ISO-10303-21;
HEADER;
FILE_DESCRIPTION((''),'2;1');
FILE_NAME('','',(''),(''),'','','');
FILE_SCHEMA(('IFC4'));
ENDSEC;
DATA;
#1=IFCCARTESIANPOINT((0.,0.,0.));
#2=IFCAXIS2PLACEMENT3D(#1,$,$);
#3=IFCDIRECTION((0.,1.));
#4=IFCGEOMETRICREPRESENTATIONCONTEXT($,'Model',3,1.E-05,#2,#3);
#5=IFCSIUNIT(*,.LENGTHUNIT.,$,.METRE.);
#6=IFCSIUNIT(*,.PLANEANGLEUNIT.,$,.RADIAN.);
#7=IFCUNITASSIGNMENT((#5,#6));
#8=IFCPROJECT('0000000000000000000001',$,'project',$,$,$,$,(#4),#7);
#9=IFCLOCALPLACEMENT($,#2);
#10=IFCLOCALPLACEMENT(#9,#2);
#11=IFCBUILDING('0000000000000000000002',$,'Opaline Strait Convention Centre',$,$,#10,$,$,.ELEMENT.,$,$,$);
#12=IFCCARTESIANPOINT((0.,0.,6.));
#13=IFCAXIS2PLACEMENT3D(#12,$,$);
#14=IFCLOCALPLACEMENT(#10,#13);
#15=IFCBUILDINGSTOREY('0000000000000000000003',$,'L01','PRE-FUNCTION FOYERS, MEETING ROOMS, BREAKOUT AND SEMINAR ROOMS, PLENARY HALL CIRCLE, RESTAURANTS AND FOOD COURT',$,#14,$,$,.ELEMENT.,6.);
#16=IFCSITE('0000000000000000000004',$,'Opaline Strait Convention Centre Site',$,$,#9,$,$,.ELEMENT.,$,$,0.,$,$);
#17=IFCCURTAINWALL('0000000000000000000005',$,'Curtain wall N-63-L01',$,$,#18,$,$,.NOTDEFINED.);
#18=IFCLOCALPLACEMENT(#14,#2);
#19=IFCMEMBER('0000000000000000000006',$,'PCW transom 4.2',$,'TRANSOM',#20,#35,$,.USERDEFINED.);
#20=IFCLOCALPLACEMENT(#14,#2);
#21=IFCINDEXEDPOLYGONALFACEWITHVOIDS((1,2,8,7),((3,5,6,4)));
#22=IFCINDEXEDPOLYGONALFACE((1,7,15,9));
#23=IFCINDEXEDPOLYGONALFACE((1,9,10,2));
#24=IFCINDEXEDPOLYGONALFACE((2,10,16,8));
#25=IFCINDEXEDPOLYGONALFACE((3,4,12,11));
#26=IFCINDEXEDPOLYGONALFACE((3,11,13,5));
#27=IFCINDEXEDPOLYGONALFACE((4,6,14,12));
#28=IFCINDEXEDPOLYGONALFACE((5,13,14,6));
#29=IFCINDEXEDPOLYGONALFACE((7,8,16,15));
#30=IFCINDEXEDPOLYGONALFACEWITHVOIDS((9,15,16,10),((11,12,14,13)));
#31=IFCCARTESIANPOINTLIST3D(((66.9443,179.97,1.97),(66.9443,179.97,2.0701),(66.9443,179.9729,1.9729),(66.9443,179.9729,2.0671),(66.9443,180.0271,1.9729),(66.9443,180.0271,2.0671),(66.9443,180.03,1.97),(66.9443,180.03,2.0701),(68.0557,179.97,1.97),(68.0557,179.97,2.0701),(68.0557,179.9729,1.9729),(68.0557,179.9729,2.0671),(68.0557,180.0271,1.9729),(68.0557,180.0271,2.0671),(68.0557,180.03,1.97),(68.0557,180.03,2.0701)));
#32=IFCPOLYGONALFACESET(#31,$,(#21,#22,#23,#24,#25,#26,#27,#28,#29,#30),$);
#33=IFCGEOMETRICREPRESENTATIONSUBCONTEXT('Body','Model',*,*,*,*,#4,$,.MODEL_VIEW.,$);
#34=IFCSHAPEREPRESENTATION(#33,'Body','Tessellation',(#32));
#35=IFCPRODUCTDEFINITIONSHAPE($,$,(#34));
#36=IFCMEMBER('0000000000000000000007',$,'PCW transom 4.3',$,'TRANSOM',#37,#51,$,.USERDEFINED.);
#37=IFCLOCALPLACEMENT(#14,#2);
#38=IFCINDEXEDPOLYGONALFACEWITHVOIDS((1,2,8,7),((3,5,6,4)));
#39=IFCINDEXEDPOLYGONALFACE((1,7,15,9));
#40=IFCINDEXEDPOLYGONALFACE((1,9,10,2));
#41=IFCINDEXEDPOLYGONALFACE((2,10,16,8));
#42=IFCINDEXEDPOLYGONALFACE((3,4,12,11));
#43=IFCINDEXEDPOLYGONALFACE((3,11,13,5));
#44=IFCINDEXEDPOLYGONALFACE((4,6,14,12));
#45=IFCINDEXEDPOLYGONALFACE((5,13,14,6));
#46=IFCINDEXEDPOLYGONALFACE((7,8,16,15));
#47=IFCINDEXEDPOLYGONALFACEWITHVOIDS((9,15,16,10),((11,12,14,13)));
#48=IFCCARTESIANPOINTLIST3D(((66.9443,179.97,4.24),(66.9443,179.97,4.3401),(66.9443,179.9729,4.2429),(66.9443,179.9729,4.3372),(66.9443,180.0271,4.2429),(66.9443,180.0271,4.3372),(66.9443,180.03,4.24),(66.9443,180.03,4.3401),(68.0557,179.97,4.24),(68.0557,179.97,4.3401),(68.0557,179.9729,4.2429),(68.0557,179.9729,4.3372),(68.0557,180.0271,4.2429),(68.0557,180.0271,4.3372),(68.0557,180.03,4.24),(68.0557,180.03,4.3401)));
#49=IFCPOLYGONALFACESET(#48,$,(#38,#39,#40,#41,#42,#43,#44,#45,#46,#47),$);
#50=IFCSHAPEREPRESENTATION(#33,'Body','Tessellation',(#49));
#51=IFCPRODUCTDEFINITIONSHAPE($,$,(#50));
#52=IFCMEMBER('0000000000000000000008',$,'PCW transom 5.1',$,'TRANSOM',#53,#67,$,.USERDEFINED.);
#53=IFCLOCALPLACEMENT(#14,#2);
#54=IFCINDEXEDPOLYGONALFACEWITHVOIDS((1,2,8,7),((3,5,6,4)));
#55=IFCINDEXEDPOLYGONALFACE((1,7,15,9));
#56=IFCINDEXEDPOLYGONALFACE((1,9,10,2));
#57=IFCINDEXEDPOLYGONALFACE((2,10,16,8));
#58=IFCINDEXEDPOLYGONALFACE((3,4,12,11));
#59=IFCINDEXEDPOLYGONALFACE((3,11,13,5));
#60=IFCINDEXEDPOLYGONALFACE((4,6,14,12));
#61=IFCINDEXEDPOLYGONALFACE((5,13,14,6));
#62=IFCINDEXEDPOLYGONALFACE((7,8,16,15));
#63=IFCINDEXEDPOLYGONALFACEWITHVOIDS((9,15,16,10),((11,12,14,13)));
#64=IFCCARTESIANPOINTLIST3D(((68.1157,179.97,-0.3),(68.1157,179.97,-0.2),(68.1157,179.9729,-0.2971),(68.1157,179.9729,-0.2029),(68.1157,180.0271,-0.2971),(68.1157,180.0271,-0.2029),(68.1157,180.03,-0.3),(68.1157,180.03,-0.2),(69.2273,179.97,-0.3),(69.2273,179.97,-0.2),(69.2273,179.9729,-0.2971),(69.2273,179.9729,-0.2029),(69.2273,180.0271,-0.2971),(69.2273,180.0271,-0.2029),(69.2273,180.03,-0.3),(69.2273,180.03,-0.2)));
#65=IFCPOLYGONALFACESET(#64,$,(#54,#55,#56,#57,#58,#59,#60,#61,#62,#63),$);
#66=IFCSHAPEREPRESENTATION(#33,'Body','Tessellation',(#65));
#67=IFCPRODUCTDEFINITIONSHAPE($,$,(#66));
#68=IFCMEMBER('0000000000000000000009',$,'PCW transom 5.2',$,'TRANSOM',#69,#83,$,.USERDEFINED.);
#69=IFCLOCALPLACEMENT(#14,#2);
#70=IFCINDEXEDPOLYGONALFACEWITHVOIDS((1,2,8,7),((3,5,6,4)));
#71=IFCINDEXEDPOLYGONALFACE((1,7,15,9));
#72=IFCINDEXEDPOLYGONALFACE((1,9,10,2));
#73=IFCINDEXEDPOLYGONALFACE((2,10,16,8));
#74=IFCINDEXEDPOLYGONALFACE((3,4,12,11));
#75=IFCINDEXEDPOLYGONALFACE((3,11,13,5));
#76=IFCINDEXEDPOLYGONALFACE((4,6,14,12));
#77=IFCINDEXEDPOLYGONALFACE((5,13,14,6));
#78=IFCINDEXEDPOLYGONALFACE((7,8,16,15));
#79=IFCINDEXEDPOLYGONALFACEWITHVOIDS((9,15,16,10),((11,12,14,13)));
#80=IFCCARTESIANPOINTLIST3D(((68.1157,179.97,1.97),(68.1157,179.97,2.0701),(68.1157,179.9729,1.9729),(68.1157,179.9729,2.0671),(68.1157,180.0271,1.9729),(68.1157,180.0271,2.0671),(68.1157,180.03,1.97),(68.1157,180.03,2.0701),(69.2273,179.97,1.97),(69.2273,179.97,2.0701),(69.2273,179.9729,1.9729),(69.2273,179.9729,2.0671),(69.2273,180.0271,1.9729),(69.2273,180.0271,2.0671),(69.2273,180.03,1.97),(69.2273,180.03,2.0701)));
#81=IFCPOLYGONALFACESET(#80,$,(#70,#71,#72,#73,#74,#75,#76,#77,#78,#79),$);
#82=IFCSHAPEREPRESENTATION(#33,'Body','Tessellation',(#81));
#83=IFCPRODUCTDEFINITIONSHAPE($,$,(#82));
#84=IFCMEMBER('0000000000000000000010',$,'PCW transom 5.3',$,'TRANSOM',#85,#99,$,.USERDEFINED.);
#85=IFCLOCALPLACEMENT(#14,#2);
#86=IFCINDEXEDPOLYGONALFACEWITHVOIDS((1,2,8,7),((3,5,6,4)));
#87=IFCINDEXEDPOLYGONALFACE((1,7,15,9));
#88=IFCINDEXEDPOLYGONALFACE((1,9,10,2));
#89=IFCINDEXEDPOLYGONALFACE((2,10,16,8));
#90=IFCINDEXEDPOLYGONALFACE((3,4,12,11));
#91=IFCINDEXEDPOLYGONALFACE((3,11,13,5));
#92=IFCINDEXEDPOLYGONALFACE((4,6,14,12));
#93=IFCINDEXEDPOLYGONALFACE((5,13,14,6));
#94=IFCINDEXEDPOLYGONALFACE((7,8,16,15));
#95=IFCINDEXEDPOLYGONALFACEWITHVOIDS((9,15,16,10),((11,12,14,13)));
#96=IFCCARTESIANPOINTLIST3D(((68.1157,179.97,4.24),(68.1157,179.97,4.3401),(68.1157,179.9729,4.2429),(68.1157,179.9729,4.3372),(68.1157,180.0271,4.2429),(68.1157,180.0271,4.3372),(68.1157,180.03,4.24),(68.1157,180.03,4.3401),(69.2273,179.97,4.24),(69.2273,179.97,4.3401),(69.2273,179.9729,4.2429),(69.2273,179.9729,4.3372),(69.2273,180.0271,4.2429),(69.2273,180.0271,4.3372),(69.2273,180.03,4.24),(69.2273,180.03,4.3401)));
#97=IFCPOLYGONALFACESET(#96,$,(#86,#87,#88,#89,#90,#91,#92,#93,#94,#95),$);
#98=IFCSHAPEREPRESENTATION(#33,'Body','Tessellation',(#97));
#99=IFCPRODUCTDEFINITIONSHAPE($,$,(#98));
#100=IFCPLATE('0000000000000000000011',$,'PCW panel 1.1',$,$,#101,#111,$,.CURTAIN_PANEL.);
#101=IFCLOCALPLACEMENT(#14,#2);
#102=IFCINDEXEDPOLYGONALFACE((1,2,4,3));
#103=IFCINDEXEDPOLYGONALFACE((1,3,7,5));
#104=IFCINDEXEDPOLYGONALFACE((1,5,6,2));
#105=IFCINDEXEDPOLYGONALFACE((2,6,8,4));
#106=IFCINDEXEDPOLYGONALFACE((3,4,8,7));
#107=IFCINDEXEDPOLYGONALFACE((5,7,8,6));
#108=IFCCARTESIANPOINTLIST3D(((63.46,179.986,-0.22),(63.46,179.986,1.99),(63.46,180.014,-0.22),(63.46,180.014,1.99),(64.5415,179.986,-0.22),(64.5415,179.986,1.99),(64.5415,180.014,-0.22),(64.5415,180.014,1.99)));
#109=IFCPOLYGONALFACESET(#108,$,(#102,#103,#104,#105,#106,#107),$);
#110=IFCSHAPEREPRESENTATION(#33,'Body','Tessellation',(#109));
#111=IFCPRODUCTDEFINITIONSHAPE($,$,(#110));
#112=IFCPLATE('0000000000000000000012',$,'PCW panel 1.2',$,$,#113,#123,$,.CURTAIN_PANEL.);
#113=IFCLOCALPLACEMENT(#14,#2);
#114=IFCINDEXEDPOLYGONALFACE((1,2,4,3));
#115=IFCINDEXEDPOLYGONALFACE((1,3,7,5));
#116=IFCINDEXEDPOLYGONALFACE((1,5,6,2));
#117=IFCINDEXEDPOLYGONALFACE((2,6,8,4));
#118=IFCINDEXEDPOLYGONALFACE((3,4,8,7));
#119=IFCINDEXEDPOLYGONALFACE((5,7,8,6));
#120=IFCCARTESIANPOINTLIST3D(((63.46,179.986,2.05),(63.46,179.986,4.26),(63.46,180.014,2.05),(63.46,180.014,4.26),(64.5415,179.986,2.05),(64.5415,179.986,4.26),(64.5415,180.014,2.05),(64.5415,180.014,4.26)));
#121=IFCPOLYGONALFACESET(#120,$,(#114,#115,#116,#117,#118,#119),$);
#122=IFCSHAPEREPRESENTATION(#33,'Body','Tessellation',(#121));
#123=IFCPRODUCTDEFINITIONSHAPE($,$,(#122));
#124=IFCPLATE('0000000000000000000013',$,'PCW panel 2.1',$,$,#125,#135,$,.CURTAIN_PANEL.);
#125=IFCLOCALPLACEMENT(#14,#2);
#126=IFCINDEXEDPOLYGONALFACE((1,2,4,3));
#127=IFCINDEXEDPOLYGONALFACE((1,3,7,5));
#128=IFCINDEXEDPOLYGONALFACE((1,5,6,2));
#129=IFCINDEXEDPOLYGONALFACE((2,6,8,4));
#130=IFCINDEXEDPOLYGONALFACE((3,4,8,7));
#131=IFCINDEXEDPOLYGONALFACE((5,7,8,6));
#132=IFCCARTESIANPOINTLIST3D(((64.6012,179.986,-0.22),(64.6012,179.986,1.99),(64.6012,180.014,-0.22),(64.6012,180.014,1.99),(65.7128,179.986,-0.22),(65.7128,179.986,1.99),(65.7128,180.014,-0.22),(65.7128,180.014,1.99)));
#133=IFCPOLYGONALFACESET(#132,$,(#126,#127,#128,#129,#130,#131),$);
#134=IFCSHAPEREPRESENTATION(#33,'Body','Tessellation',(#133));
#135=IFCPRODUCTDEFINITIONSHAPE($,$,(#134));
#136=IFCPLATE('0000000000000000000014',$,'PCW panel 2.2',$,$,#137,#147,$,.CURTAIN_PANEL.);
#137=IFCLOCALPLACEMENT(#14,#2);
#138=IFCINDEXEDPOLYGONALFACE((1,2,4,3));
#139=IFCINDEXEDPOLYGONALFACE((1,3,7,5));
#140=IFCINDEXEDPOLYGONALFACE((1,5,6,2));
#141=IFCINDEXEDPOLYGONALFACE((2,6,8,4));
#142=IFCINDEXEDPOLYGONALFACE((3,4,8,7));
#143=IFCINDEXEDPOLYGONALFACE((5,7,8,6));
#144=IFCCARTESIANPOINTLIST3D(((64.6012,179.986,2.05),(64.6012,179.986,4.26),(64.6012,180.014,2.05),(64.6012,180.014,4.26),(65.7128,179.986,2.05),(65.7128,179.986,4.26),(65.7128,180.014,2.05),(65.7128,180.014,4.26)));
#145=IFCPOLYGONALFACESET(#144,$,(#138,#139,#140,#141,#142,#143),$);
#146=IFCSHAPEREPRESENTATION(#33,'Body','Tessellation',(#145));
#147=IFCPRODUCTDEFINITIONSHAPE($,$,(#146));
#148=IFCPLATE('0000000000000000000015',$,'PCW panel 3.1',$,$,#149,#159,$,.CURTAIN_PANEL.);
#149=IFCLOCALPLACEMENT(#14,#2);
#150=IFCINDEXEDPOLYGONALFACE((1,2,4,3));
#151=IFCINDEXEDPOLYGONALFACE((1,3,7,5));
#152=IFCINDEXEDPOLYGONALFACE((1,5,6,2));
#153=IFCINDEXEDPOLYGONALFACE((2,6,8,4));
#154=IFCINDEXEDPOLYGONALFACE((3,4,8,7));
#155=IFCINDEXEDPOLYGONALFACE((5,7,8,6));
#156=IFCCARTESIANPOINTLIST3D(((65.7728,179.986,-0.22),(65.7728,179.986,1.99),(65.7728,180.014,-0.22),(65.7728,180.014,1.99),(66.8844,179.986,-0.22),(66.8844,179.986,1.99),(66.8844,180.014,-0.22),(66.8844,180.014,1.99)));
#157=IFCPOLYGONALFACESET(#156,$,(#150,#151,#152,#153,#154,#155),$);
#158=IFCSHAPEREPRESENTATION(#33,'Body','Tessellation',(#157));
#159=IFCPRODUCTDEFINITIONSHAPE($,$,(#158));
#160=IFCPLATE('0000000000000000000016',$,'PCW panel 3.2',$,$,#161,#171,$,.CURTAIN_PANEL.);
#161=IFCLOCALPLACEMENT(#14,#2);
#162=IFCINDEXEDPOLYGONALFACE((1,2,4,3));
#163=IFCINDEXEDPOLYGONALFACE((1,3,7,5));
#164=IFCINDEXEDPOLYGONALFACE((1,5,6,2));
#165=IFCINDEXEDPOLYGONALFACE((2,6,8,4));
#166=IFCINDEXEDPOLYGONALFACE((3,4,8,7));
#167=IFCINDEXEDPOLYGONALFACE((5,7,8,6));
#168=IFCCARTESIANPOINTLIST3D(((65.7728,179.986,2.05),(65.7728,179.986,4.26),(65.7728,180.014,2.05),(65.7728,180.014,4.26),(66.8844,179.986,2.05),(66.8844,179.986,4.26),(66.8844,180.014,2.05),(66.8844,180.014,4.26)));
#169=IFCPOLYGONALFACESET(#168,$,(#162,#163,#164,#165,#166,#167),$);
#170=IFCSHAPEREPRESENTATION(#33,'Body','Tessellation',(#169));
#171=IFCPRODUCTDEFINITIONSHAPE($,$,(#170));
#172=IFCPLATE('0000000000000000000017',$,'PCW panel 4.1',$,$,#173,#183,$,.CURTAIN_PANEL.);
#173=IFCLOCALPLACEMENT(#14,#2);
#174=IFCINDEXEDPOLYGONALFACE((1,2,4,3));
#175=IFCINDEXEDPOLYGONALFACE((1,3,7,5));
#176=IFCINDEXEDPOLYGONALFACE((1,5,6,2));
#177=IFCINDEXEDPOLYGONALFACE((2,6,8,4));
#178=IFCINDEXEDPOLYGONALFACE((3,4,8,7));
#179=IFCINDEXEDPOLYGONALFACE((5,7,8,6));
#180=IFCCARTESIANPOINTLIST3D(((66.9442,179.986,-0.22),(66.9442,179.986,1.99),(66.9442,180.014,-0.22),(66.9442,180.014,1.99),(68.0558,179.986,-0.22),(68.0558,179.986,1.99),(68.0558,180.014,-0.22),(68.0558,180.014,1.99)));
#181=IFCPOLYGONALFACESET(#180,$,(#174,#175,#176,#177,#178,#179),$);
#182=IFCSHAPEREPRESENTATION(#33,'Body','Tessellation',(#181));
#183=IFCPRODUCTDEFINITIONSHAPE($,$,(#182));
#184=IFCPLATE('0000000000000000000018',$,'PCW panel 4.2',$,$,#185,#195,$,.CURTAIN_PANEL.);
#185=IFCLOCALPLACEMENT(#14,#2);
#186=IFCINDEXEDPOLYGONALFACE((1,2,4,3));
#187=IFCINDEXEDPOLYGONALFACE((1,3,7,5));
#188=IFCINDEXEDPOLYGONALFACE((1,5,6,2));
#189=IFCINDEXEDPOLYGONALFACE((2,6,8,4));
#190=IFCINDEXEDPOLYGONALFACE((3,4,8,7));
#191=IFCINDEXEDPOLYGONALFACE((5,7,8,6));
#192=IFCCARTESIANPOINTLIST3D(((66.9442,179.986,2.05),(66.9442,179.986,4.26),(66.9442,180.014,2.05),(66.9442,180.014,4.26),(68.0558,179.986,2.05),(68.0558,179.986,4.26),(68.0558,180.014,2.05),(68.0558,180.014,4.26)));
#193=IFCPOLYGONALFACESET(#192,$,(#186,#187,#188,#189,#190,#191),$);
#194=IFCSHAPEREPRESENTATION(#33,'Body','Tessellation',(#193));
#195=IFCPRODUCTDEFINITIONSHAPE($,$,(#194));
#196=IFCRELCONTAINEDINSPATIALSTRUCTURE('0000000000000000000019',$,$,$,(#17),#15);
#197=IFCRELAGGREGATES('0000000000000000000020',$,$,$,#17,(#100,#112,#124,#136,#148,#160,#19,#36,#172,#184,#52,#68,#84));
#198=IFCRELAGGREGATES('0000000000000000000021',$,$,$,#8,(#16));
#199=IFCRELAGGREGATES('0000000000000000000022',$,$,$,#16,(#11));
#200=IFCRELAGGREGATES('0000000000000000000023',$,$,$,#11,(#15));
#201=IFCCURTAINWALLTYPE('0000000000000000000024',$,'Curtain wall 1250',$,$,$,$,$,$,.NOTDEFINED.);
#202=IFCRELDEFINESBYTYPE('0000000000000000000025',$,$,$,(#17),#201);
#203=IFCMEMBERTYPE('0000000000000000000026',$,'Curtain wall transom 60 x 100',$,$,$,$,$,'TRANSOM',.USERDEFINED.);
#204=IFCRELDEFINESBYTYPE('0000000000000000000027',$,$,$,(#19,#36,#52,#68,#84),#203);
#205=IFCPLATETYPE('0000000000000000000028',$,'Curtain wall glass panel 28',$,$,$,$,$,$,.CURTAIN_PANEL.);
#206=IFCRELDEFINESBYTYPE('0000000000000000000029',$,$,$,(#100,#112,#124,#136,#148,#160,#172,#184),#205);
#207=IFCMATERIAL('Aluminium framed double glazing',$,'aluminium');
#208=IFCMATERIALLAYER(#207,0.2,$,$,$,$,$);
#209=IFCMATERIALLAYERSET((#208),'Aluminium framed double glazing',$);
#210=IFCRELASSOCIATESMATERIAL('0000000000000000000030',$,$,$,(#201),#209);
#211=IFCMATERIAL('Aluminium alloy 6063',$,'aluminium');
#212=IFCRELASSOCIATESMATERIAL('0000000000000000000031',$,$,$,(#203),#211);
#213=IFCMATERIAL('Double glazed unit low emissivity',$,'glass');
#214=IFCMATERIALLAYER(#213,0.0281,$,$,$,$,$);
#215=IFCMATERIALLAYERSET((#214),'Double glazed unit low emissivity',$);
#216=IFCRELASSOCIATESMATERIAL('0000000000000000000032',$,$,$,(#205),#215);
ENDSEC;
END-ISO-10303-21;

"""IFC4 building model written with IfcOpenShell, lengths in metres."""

from ifc_helpers import new_model, si_unit, direction, frame, origin, origin_2d, place, context, subcontext, project, spatial, rectangle, hollow_rectangle, extrude, material, layer, layer_set, material_profile, profile_set, type_object, element, aggregate, save


model = new_model("IFC4")

# Units and contexts
model_context = context("Model", 3, precision=1e-05, world=origin(), true_north=direction((0.0, 1.0)))
body_context = subcontext(model_context, "Body", "Model", "MODEL_VIEW")
ifc_project = project(units=[si_unit("LENGTHUNIT", "METRE"), si_unit("PLANEANGLEUNIT", "RADIAN")], contexts=[model_context])

# Site, building, storey
site_placement = place(None, origin())
site = spatial("IfcSite", under=ifc_project, at=site_placement, Name="Opaline Strait Convention Centre Site", CompositionType="ELEMENT", RefElevation=0.0)
building_placement = place(site_placement, origin())
building = spatial("IfcBuilding", under=site, at=building_placement, Name="Opaline Strait Convention Centre", CompositionType="ELEMENT")
storey_placement = place(building_placement, frame((0.0, 0.0, 6.0)))
storey = spatial("IfcBuildingStorey", under=building, at=storey_placement, Name="L01", Description="PRE-FUNCTION FOYERS, MEETING ROOMS, BREAKOUT AND SEMINAR ROOMS, PLENARY HALL CIRCLE, RESTAURANTS AND FOOD COURT", CompositionType="ELEMENT", Elevation=6.0)

# Curtain wall, members, plates
ifc_material_1 = material(Name="Aluminium framed double glazing", Category="aluminium")
ifc_layer_1 = layer(ifc_material_1, 0.2)
ifc_layer_set_1 = layer_set([ifc_layer_1], Name="Aluminium framed double glazing")
curtain_wall_type = type_object("IfcCurtainWallType", Name="Curtain wall 1250", PredefinedType="NOTDEFINED", material=ifc_layer_set_1)
curtain_wall_placement = place(storey_placement, origin())
curtain_wall = element("IfcCurtainWall", 1, at=curtain_wall_placement, inside=storey, type_object=curtain_wall_type, Name="Curtain wall N-63-L01", PredefinedType="NOTDEFINED")
ifc_material_2 = material(Name="Aluminium alloy 6063", Category="aluminium")
ifc_material_profile_1 = material_profile(ifc_material_2, hollow_rectangle(XDim=0.0601, YDim=0.1001, WallThickness=0.0029, at=origin_2d()), Name="TRANSOM 60x100x3")
ifc_profile_set_1 = profile_set([ifc_material_profile_1], Name="Aluminium alloy 6063")
member_type_1 = type_object("IfcMemberType", Name="Curtain wall transom 60 x 100", ElementType="TRANSOM", PredefinedType="USERDEFINED", material=ifc_profile_set_1)
member_1_placement = place(storey_placement, frame((66.9443, 180.0, 2.02), z_axis=(1.0, 0.0, 0.0), x_axis=(0.0, 1.0, 0.0)))
member_1 = element("IfcMember", 2, at=member_1_placement, type_object=member_type_1, Name="PCW transom 4.2", ObjectType="TRANSOM", PredefinedType="USERDEFINED", context=body_context, shape_type="SweptSolid", body=[
    extrude(hollow_rectangle(XDim=0.0601, YDim=0.1001, WallThickness=0.0029, at=origin_2d()), origin(), (0.0, 0.0, 1.0), 1.1113),
])
member_2_placement = place(storey_placement, frame((66.9443, 180.0, 4.29), z_axis=(1.0, 0.0, 0.0), x_axis=(0.0, 1.0, 0.0)))
member_2 = element("IfcMember", 3, at=member_2_placement, type_object=member_type_1, Name="PCW transom 4.3", ObjectType="TRANSOM", PredefinedType="USERDEFINED", context=body_context, shape_type="SweptSolid", body=[
    extrude(hollow_rectangle(XDim=0.0601, YDim=0.1001, WallThickness=0.0029, at=origin_2d()), origin(), (0.0, 0.0, 1.0), 1.1113),
])
member_3_placement = place(storey_placement, frame((68.1157, 180.0, -0.25), z_axis=(1.0, 0.0, 0.0), x_axis=(0.0, 1.0, 0.0)))
member_3 = element("IfcMember", 4, at=member_3_placement, type_object=member_type_1, Name="PCW transom 5.1", ObjectType="TRANSOM", PredefinedType="USERDEFINED", context=body_context, shape_type="SweptSolid", body=[
    extrude(hollow_rectangle(XDim=0.0601, YDim=0.1001, WallThickness=0.0029, at=origin_2d()), origin(), (0.0, 0.0, 1.0), 1.1116),
])
member_4_placement = place(storey_placement, frame((68.1157, 180.0, 2.02), z_axis=(1.0, 0.0, 0.0), x_axis=(0.0, 1.0, 0.0)))
member_4 = element("IfcMember", 5, at=member_4_placement, type_object=member_type_1, Name="PCW transom 5.2", ObjectType="TRANSOM", PredefinedType="USERDEFINED", context=body_context, shape_type="SweptSolid", body=[
    extrude(hollow_rectangle(XDim=0.0601, YDim=0.1001, WallThickness=0.0029, at=origin_2d()), origin(), (0.0, 0.0, 1.0), 1.1116),
])
member_5_placement = place(storey_placement, frame((68.1157, 180.0, 4.29), z_axis=(1.0, 0.0, 0.0), x_axis=(0.0, 1.0, 0.0)))
member_5 = element("IfcMember", 6, at=member_5_placement, type_object=member_type_1, Name="PCW transom 5.3", ObjectType="TRANSOM", PredefinedType="USERDEFINED", context=body_context, shape_type="SweptSolid", body=[
    extrude(hollow_rectangle(XDim=0.0601, YDim=0.1001, WallThickness=0.0029, at=origin_2d()), origin(), (0.0, 0.0, 1.0), 1.1116),
])
ifc_material_3 = material(Name="Double glazed unit low emissivity", Category="glass")
ifc_layer_2 = layer(ifc_material_3, 0.0281)
ifc_layer_set_2 = layer_set([ifc_layer_2], Name="Double glazed unit low emissivity")
plate_type = type_object("IfcPlateType", Name="Curtain wall glass panel 28", PredefinedType="CURTAIN_PANEL", material=ifc_layer_set_2)
plate_1_placement = place(storey_placement, frame((64.0007, 180.0, -0.22), z_axis=(0.0, 0.0, 1.0), x_axis=(1.0, 0.0, 0.0)))
plate_1 = element("IfcPlate", 7, at=plate_1_placement, type_object=plate_type, Name="PCW panel 1.1", PredefinedType="CURTAIN_PANEL", context=body_context, shape_type="SweptSolid", body=[
    extrude(rectangle(XDim=1.0815, YDim=0.0281, at=origin_2d()), origin(), (0.0, 0.0, 1.0), 2.21),
])
plate_2_placement = place(storey_placement, frame((64.0007, 180.0, 2.05), z_axis=(0.0, 0.0, 1.0), x_axis=(1.0, 0.0, 0.0)))
plate_2 = element("IfcPlate", 8, at=plate_2_placement, type_object=plate_type, Name="PCW panel 1.2", PredefinedType="CURTAIN_PANEL", context=body_context, shape_type="SweptSolid", body=[
    extrude(rectangle(XDim=1.0815, YDim=0.0281, at=origin_2d()), origin(), (0.0, 0.0, 1.0), 2.21),
])
plate_3_placement = place(storey_placement, frame((65.157, 180.0, -0.22), z_axis=(0.0, 0.0, 1.0), x_axis=(1.0, 0.0, 0.0)))
plate_3 = element("IfcPlate", 9, at=plate_3_placement, type_object=plate_type, Name="PCW panel 2.1", PredefinedType="CURTAIN_PANEL", context=body_context, shape_type="SweptSolid", body=[
    extrude(rectangle(XDim=1.1116, YDim=0.0281, at=origin_2d()), origin(), (0.0, 0.0, 1.0), 2.21),
])
plate_4_placement = place(storey_placement, frame((65.157, 180.0, 2.05), z_axis=(0.0, 0.0, 1.0), x_axis=(1.0, 0.0, 0.0)))
plate_4 = element("IfcPlate", 10, at=plate_4_placement, type_object=plate_type, Name="PCW panel 2.2", PredefinedType="CURTAIN_PANEL", context=body_context, shape_type="SweptSolid", body=[
    extrude(rectangle(XDim=1.1116, YDim=0.0281, at=origin_2d()), origin(), (0.0, 0.0, 1.0), 2.21),
])
plate_5_placement = place(storey_placement, frame((66.3286, 180.0, -0.22), z_axis=(0.0, 0.0, 1.0), x_axis=(1.0, 0.0, 0.0)))
plate_5 = element("IfcPlate", 11, at=plate_5_placement, type_object=plate_type, Name="PCW panel 3.1", PredefinedType="CURTAIN_PANEL", context=body_context, shape_type="SweptSolid", body=[
    extrude(rectangle(XDim=1.1116, YDim=0.0281, at=origin_2d()), origin(), (0.0, 0.0, 1.0), 2.21),
])
plate_6_placement = place(storey_placement, frame((66.3286, 180.0, 2.05), z_axis=(0.0, 0.0, 1.0), x_axis=(1.0, 0.0, 0.0)))
plate_6 = element("IfcPlate", 12, at=plate_6_placement, type_object=plate_type, Name="PCW panel 3.2", PredefinedType="CURTAIN_PANEL", context=body_context, shape_type="SweptSolid", body=[
    extrude(rectangle(XDim=1.1116, YDim=0.0281, at=origin_2d()), origin(), (0.0, 0.0, 1.0), 2.21),
])
plate_7_placement = place(storey_placement, frame((67.5, 180.0, -0.22), z_axis=(0.0, 0.0, 1.0), x_axis=(1.0, 0.0, 0.0)))
plate_7 = element("IfcPlate", 13, at=plate_7_placement, type_object=plate_type, Name="PCW panel 4.1", PredefinedType="CURTAIN_PANEL", context=body_context, shape_type="SweptSolid", body=[
    extrude(rectangle(XDim=1.1116, YDim=0.0281, at=origin_2d()), origin(), (0.0, 0.0, 1.0), 2.21),
])
plate_8_placement = place(storey_placement, frame((67.5, 180.0, 2.05), z_axis=(0.0, 0.0, 1.0), x_axis=(1.0, 0.0, 0.0)))
plate_8 = element("IfcPlate", 14, at=plate_8_placement, type_object=plate_type, Name="PCW panel 4.2", PredefinedType="CURTAIN_PANEL", context=body_context, shape_type="SweptSolid", body=[
    extrude(rectangle(XDim=1.1116, YDim=0.0281, at=origin_2d()), origin(), (0.0, 0.0, 1.0), 2.21),
])
aggregate(curtain_wall, [plate_1, plate_2, plate_3, plate_4, plate_5, plate_6, member_1, member_2, plate_7, plate_8, member_3, member_4, member_5])

save(model, "model.ifc")
